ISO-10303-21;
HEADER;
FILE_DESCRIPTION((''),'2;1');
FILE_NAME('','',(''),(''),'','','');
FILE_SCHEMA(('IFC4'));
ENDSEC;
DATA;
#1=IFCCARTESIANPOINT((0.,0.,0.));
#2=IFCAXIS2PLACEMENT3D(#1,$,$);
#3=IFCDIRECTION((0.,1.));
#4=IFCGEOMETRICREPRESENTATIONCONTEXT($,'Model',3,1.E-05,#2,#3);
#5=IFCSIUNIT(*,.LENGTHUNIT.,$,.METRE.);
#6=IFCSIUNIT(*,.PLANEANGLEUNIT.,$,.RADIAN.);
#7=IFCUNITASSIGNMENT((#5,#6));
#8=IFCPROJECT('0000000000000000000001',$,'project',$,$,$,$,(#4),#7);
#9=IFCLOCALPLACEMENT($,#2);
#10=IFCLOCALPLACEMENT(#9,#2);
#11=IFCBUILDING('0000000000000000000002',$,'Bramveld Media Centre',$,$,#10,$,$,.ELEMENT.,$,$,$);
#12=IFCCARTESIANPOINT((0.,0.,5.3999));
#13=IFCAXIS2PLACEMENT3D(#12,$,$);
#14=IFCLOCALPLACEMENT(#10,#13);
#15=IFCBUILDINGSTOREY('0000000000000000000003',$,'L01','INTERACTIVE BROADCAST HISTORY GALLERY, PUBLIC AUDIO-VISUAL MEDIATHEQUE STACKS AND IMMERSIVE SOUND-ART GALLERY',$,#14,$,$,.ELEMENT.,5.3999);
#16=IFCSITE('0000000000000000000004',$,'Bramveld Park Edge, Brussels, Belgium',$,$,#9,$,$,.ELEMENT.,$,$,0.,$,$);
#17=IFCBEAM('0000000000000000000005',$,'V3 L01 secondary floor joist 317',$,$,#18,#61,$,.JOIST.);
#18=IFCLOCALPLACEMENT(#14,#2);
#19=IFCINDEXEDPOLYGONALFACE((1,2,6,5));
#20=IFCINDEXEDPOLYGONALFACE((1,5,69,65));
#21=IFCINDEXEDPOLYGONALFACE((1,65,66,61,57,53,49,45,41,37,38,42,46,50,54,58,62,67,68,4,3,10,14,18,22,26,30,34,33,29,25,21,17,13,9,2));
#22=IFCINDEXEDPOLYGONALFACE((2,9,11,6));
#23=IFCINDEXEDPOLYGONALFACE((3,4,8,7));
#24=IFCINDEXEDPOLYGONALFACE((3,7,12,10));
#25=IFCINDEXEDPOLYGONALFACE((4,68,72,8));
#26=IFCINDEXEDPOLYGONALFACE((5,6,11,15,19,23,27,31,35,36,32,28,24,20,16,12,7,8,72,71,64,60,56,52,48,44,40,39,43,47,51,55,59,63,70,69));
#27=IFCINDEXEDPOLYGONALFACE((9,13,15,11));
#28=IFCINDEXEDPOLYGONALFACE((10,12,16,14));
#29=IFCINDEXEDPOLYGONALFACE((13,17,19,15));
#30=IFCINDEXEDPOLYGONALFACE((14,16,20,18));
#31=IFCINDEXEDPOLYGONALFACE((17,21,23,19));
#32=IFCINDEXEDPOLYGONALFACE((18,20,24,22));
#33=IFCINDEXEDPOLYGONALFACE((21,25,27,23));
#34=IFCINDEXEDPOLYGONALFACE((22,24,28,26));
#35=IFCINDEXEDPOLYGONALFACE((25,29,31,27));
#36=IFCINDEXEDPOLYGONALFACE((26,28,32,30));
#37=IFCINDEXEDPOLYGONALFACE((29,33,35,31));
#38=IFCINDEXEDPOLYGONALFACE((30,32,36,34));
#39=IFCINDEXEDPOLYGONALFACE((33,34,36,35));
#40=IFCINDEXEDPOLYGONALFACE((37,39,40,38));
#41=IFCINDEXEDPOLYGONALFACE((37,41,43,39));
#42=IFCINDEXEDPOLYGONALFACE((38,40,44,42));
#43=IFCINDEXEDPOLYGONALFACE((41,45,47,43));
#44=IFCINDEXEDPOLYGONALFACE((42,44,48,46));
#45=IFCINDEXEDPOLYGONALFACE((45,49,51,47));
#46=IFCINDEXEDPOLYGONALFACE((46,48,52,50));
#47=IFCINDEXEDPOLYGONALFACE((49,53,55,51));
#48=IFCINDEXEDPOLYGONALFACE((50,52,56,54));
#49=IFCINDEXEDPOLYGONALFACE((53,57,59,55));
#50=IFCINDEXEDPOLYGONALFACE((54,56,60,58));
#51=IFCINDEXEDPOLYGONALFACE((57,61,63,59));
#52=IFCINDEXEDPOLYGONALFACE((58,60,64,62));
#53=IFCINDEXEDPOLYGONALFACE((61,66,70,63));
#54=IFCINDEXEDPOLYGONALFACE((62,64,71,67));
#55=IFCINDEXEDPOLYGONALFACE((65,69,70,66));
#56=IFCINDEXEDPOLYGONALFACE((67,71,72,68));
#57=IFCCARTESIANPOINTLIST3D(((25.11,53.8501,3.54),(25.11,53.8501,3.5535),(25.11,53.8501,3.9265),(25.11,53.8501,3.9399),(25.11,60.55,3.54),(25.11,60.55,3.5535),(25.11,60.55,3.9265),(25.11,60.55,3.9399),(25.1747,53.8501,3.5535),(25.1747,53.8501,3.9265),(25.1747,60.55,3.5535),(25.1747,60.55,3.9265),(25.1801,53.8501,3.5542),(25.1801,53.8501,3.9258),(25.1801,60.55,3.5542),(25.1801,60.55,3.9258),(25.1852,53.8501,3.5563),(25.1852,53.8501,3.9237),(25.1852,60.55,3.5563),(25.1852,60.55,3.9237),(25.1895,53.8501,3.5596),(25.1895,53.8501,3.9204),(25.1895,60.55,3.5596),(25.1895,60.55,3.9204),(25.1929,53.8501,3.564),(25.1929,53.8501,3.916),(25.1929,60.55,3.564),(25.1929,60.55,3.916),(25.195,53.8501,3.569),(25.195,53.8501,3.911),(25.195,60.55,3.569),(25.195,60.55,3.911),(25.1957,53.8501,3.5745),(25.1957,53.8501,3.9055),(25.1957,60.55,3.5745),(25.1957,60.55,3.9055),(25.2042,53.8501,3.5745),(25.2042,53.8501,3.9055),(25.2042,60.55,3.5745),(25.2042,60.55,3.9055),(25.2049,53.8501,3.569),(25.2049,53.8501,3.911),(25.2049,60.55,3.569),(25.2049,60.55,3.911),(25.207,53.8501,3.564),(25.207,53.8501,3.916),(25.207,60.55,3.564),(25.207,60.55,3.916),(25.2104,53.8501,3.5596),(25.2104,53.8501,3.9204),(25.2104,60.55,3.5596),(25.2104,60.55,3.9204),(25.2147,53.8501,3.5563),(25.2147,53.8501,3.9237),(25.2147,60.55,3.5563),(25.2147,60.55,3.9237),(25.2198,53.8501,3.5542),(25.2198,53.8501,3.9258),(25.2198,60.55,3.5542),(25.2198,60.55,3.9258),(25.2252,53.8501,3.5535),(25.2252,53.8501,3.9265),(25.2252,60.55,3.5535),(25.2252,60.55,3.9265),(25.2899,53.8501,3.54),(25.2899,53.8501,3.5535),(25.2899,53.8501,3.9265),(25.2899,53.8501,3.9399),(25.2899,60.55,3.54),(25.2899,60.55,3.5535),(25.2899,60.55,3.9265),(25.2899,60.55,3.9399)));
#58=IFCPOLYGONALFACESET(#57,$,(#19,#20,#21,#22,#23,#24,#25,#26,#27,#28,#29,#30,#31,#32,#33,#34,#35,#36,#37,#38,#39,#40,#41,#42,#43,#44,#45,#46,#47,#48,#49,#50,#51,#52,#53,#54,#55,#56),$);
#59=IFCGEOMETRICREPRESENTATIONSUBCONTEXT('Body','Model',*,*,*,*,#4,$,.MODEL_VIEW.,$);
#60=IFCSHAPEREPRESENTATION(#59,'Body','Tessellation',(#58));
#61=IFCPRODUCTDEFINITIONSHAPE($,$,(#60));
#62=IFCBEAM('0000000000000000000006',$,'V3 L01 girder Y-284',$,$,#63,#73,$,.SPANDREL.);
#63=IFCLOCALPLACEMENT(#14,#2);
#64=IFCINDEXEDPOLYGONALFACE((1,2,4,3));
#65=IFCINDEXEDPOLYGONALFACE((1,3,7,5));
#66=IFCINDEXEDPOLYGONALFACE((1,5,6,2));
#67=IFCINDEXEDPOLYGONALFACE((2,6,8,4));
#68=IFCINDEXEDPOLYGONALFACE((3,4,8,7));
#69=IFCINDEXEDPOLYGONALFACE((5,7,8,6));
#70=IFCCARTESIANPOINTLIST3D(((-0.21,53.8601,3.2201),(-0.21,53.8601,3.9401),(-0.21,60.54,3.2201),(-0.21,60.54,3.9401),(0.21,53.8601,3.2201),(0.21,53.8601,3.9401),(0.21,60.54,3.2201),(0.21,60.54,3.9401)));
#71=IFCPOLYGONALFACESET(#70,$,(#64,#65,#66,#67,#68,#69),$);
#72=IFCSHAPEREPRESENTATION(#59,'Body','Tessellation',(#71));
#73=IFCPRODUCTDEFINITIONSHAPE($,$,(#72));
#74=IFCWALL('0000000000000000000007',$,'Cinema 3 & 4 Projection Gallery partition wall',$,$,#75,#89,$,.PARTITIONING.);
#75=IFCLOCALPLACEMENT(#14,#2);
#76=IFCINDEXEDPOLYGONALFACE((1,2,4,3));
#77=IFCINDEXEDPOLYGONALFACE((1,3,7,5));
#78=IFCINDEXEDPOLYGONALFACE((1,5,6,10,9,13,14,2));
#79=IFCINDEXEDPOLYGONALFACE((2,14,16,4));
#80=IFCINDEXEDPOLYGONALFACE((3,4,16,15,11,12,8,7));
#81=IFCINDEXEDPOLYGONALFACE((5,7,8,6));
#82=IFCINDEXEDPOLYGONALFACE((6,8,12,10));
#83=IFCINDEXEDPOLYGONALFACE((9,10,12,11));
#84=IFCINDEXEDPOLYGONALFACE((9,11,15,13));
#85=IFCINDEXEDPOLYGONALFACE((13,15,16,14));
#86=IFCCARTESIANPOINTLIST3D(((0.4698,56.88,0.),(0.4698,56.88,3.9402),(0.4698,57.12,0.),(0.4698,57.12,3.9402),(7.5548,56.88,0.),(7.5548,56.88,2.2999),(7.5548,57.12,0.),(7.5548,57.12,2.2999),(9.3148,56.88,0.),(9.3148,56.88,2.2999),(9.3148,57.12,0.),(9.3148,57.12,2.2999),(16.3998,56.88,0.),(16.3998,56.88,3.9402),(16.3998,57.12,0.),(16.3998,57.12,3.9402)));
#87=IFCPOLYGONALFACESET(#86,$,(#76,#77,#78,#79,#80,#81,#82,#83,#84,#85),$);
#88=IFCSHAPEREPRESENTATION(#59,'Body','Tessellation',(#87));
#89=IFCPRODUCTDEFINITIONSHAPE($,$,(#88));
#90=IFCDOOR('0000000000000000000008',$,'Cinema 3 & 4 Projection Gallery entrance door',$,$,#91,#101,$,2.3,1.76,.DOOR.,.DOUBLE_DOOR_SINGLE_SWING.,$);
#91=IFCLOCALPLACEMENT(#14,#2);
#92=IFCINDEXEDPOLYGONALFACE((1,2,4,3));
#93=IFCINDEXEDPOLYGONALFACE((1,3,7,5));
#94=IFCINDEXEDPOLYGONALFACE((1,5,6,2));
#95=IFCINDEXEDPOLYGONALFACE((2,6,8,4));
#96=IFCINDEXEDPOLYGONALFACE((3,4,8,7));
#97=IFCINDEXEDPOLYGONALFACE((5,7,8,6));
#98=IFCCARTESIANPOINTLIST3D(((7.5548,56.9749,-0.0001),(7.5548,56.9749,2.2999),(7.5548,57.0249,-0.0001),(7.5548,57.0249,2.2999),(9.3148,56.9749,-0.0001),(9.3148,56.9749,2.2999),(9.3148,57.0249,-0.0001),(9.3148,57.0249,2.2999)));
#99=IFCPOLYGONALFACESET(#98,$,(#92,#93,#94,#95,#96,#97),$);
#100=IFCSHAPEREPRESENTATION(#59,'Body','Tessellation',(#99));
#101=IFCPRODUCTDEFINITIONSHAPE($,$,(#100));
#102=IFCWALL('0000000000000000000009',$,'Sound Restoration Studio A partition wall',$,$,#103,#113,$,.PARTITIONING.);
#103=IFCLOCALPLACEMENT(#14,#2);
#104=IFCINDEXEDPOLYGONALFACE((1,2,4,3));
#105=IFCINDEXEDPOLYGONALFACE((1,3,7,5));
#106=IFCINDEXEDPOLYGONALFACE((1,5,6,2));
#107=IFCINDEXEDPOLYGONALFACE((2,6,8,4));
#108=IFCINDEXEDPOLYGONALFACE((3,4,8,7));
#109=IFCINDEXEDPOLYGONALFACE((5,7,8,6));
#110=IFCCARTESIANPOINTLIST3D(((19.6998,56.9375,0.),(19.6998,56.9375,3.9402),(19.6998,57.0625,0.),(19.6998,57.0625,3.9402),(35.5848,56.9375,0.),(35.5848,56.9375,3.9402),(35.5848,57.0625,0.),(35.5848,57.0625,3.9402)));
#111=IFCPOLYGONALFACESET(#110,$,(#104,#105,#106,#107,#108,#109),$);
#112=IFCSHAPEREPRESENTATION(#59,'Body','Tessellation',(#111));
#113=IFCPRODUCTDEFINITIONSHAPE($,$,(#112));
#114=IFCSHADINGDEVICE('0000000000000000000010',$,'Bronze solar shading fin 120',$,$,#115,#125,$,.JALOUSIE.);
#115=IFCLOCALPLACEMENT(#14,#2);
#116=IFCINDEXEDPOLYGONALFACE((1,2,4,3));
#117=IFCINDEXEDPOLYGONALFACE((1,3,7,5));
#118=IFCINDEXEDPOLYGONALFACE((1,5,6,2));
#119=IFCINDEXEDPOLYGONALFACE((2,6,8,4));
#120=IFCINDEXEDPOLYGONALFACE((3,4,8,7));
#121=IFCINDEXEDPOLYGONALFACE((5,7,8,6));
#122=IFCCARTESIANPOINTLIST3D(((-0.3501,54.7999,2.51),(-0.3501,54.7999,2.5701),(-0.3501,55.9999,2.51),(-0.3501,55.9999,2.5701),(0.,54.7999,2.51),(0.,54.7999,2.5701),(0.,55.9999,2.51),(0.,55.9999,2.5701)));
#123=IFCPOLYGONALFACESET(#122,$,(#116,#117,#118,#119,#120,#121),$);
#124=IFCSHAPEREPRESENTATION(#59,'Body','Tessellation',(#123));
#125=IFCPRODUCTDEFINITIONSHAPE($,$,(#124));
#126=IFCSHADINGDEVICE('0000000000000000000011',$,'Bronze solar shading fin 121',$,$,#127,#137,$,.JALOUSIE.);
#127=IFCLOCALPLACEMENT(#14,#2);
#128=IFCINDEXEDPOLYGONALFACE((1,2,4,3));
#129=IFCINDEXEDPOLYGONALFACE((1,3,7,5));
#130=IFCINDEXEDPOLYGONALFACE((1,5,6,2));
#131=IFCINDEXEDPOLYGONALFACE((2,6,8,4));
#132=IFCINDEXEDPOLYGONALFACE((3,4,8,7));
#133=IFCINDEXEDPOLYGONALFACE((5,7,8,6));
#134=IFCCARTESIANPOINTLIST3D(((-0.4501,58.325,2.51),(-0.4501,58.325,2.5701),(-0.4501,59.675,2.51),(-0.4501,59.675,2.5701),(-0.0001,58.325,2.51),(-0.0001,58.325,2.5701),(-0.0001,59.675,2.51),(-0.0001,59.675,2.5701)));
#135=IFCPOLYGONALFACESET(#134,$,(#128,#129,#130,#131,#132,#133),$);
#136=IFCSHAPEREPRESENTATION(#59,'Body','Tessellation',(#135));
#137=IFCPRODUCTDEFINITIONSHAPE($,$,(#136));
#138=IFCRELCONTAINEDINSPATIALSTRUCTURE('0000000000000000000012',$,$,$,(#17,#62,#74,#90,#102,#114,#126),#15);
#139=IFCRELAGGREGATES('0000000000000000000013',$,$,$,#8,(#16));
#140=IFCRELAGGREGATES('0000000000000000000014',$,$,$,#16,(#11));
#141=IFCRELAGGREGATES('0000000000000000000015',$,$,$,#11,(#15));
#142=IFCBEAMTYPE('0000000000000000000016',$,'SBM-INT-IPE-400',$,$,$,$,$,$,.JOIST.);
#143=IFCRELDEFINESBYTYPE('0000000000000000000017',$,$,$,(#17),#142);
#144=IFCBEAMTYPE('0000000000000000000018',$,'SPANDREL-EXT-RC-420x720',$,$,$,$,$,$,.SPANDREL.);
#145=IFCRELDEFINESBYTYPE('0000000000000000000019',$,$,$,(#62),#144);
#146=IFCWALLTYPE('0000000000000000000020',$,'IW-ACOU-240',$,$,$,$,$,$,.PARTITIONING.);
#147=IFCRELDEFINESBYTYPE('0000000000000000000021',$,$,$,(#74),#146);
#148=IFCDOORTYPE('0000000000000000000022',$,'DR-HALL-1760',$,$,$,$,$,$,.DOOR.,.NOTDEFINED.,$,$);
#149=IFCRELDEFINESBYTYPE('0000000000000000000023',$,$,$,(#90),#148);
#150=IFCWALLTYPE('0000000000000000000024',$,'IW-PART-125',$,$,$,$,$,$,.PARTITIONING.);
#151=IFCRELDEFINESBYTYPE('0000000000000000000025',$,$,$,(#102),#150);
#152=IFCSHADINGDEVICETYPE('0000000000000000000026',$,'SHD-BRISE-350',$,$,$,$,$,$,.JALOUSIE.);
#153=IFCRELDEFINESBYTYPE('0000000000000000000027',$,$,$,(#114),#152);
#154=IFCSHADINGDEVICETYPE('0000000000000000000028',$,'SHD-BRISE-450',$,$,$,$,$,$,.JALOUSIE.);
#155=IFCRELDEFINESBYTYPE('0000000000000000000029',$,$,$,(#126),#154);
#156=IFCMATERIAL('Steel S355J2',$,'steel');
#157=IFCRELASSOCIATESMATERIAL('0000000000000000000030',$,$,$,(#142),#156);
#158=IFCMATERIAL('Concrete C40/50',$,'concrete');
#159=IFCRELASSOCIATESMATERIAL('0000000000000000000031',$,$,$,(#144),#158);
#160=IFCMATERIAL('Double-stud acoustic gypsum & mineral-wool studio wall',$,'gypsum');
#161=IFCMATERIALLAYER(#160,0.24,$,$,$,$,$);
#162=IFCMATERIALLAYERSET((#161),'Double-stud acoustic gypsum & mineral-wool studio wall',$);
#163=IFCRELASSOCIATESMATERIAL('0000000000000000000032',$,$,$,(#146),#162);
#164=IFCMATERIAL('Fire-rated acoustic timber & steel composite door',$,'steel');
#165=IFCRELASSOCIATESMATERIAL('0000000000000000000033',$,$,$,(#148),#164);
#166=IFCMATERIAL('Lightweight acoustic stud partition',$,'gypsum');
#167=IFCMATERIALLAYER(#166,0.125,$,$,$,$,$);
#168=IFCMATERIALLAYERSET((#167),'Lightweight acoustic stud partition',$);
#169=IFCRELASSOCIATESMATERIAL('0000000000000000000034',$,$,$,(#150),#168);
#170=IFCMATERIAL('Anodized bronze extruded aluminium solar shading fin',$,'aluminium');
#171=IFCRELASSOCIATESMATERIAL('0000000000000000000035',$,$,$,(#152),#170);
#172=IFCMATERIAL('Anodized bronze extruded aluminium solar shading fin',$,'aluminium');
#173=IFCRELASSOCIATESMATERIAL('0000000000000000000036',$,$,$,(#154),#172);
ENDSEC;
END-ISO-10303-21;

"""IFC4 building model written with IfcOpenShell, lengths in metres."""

from ifc_helpers import new_model, si_unit, direction, frame, frame_2d, origin, origin_2d, place, context, subcontext, project, spatial, rectangle, i_section, extrude, material, layer, layer_set, material_profile, profile_set, type_object, element, fill, save


model = new_model("IFC4")

# Units and contexts
model_context = context("Model", 3, precision=1e-05, world=origin(), true_north=direction((0.0, 1.0)))
body_context = subcontext(model_context, "Body", "Model", "MODEL_VIEW")
ifc_project = project(units=[si_unit("LENGTHUNIT", "METRE"), si_unit("PLANEANGLEUNIT", "RADIAN")], contexts=[model_context])

# Site, building, storey
site_placement = place(None, origin())
site = spatial("IfcSite", under=ifc_project, at=site_placement, Name="Bramveld Park Edge, Brussels, Belgium", CompositionType="ELEMENT", RefElevation=0.0)
building_placement = place(site_placement, origin())
building = spatial("IfcBuilding", under=site, at=building_placement, Name="Bramveld Media Centre", CompositionType="ELEMENT")
storey_placement = place(building_placement, frame((0.0, 0.0, 5.3999)))
storey = spatial("IfcBuildingStorey", under=building, at=storey_placement, Name="L01", Description="INTERACTIVE BROADCAST HISTORY GALLERY, PUBLIC AUDIO-VISUAL MEDIATHEQUE STACKS AND IMMERSIVE SOUND-ART GALLERY", CompositionType="ELEMENT", Elevation=5.3999)

# Beams
ifc_material_1 = material(Name="Steel S355J2", Category="steel")
ifc_material_profile_1 = material_profile(ifc_material_1, i_section(OverallWidth=0.1799, OverallDepth=0.3999, WebThickness=0.0085, FlangeThickness=0.0134, FilletRadius=0.021, at=origin_2d()), Name="IPE 400")
ifc_profile_set_1 = profile_set([ifc_material_profile_1], Name="Steel S355J2")
beam_type_1 = type_object("IfcBeamType", Name="SBM-INT-IPE-400", PredefinedType="JOIST", material=ifc_profile_set_1)
beam_1_placement = place(storey_placement, frame((25.2, 53.8501, 3.74), z_axis=(0.0, 1.0, 0.0), x_axis=(-1.0, 0.0, 0.0)))
element("IfcBeam", 1, at=beam_1_placement, inside=storey, type_object=beam_type_1, Name="V3 L01 secondary floor joist 317", PredefinedType="JOIST", context=body_context, shape_type="SweptSolid", body=[
    extrude(i_section(OverallWidth=0.1799, OverallDepth=0.3999, WebThickness=0.0085, FlangeThickness=0.0134, FilletRadius=0.021, at=origin_2d()), origin(), (0.0, 0.0, 1.0), 6.7),
])
ifc_material_2 = material(Name="Concrete C40/50", Category="concrete")
ifc_material_profile_2 = material_profile(ifc_material_2, rectangle(XDim=0.4199, YDim=0.72, at=origin_2d()), Name="RC 420x720")
ifc_profile_set_2 = profile_set([ifc_material_profile_2], Name="Concrete C40/50")
beam_type_2 = type_object("IfcBeamType", Name="SPANDREL-EXT-RC-420x720", PredefinedType="SPANDREL", material=ifc_profile_set_2)
beam_2_placement = place(storey_placement, frame((0.0, 53.8601, 3.5801), z_axis=(0.0, 1.0, 0.0), x_axis=(-1.0, 0.0, 0.0)))
element("IfcBeam", 2, at=beam_2_placement, inside=storey, type_object=beam_type_2, Name="V3 L01 girder Y-284", PredefinedType="SPANDREL", context=body_context, shape_type="SweptSolid", body=[
    extrude(rectangle(XDim=0.4199, YDim=0.72, at=origin_2d()), origin(), (0.0, 0.0, 1.0), 6.6799),
])

# Wall, opening, door
ifc_material_3 = material(Name="Double-stud acoustic gypsum & mineral-wool studio wall", Category="gypsum")
ifc_layer_1 = layer(ifc_material_3, 0.24)
ifc_layer_set_1 = layer_set([ifc_layer_1], Name="Double-stud acoustic gypsum & mineral-wool studio wall")
wall_type_1 = type_object("IfcWallType", Name="IW-ACOU-240", PredefinedType="PARTITIONING", material=ifc_layer_set_1)
wall_1_placement = place(storey_placement, frame((0.47, 57.0, 0.0), z_axis=(0.0, 0.0, 1.0), x_axis=(1.0, 0.0, 0.0)))
wall_1 = element("IfcWall", 3, at=wall_1_placement, inside=storey, type_object=wall_type_1, Name="Cinema 3 & 4 Projection Gallery partition wall", PredefinedType="PARTITIONING", context=body_context, shape_type="SweptSolid", body=[
    extrude(rectangle(XDim=15.9299, YDim=0.24, at=frame_2d((7.9648, 0.0))), origin(), (0.0, 0.0, 1.0), 3.9402),
])
opening_placement = place(wall_1_placement, frame((7.085, 0.0, 0.0)))
opening = element("IfcOpeningElement", 4, at=opening_placement, cuts=wall_1, PredefinedType="OPENING", context=body_context, shape_type="SweptSolid", body=[
    extrude(rectangle(XDim=1.76, YDim=2.3, at=frame_2d((0.8799, 1.1499))), frame((0.0, 0.1318, 0.0), z_axis=(0.0, -1.0, 0.0), x_axis=(1.0, 0.0, 0.0)), (0.0, 0.0, 1.0), 0.2639),
])
ifc_material_4 = material(Name="Fire-rated acoustic timber & steel composite door", Category="steel")
door_type = type_object("IfcDoorType", Name="DR-HALL-1760", OperationType="NOTDEFINED", PredefinedType="DOOR", material=ifc_material_4)
door_placement = place(opening_placement, origin())
door = element("IfcDoor", 5, at=door_placement, inside=storey, type_object=door_type, Name="Cinema 3 & 4 Projection Gallery entrance door", OperationType="DOUBLE_DOOR_SINGLE_SWING", OverallHeight=2.3, OverallWidth=1.76, PredefinedType="DOOR", context=body_context, shape_type="SweptSolid", body=[
    extrude(rectangle(XDim=1.76, YDim=2.3, at=frame_2d((0.8799, 1.1499))), frame((0.0, 0.0249, 0.0), z_axis=(0.0, -1.0, 0.0), x_axis=(1.0, 0.0, 0.0)), (0.0, 0.0, 1.0), 0.05),
])
fill(opening, door)

# Wall
ifc_material_5 = material(Name="Lightweight acoustic stud partition", Category="gypsum")
ifc_layer_2 = layer(ifc_material_5, 0.125)
ifc_layer_set_2 = layer_set([ifc_layer_2], Name="Lightweight acoustic stud partition")
wall_type_2 = type_object("IfcWallType", Name="IW-PART-125", PredefinedType="PARTITIONING", material=ifc_layer_set_2)
wall_2_placement = place(storey_placement, frame((19.7, 57.0, 0.0), z_axis=(0.0, 0.0, 1.0), x_axis=(1.0, 0.0, 0.0)))
element("IfcWall", 6, at=wall_2_placement, inside=storey, type_object=wall_type_2, Name="Sound Restoration Studio A partition wall", PredefinedType="PARTITIONING", context=body_context, shape_type="SweptSolid", body=[
    extrude(rectangle(XDim=15.885, YDim=0.125, at=frame_2d((7.9424, 0.0))), origin(), (0.0, 0.0, 1.0), 3.9402),
])

# Shading devices
ifc_material_6 = material(Name="Anodized bronze extruded aluminium solar shading fin", Category="aluminium")
shading_device_type_1 = type_object("IfcShadingDeviceType", Name="SHD-BRISE-350", PredefinedType="JALOUSIE", material=ifc_material_6)
shading_device_1_placement = place(storey_placement, frame((-0.175, 55.3999, 2.51), z_axis=(0.0, 0.0, 1.0), x_axis=(1.0, 0.0, 0.0)))
element("IfcShadingDevice", 7, at=shading_device_1_placement, inside=storey, type_object=shading_device_type_1, Name="Bronze solar shading fin 120", PredefinedType="JALOUSIE", context=body_context, shape_type="SweptSolid", body=[
    extrude(rectangle(XDim=0.3501, YDim=1.2, at=origin_2d()), origin(), (0.0, 0.0, 1.0), 0.0601),
])
ifc_material_7 = material(Name="Anodized bronze extruded aluminium solar shading fin", Category="aluminium")
shading_device_type_2 = type_object("IfcShadingDeviceType", Name="SHD-BRISE-450", PredefinedType="JALOUSIE", material=ifc_material_7)
shading_device_2_placement = place(storey_placement, frame((-0.2251, 59.0, 2.51), z_axis=(0.0, 0.0, 1.0), x_axis=(1.0, 0.0, 0.0)))
element("IfcShadingDevice", 8, at=shading_device_2_placement, inside=storey, type_object=shading_device_type_2, Name="Bronze solar shading fin 121", PredefinedType="JALOUSIE", context=body_context, shape_type="SweptSolid", body=[
    extrude(rectangle(XDim=0.45, YDim=1.3501, at=origin_2d()), origin(), (0.0, 0.0, 1.0), 0.0601),
])

save(model, "model.ifc")
